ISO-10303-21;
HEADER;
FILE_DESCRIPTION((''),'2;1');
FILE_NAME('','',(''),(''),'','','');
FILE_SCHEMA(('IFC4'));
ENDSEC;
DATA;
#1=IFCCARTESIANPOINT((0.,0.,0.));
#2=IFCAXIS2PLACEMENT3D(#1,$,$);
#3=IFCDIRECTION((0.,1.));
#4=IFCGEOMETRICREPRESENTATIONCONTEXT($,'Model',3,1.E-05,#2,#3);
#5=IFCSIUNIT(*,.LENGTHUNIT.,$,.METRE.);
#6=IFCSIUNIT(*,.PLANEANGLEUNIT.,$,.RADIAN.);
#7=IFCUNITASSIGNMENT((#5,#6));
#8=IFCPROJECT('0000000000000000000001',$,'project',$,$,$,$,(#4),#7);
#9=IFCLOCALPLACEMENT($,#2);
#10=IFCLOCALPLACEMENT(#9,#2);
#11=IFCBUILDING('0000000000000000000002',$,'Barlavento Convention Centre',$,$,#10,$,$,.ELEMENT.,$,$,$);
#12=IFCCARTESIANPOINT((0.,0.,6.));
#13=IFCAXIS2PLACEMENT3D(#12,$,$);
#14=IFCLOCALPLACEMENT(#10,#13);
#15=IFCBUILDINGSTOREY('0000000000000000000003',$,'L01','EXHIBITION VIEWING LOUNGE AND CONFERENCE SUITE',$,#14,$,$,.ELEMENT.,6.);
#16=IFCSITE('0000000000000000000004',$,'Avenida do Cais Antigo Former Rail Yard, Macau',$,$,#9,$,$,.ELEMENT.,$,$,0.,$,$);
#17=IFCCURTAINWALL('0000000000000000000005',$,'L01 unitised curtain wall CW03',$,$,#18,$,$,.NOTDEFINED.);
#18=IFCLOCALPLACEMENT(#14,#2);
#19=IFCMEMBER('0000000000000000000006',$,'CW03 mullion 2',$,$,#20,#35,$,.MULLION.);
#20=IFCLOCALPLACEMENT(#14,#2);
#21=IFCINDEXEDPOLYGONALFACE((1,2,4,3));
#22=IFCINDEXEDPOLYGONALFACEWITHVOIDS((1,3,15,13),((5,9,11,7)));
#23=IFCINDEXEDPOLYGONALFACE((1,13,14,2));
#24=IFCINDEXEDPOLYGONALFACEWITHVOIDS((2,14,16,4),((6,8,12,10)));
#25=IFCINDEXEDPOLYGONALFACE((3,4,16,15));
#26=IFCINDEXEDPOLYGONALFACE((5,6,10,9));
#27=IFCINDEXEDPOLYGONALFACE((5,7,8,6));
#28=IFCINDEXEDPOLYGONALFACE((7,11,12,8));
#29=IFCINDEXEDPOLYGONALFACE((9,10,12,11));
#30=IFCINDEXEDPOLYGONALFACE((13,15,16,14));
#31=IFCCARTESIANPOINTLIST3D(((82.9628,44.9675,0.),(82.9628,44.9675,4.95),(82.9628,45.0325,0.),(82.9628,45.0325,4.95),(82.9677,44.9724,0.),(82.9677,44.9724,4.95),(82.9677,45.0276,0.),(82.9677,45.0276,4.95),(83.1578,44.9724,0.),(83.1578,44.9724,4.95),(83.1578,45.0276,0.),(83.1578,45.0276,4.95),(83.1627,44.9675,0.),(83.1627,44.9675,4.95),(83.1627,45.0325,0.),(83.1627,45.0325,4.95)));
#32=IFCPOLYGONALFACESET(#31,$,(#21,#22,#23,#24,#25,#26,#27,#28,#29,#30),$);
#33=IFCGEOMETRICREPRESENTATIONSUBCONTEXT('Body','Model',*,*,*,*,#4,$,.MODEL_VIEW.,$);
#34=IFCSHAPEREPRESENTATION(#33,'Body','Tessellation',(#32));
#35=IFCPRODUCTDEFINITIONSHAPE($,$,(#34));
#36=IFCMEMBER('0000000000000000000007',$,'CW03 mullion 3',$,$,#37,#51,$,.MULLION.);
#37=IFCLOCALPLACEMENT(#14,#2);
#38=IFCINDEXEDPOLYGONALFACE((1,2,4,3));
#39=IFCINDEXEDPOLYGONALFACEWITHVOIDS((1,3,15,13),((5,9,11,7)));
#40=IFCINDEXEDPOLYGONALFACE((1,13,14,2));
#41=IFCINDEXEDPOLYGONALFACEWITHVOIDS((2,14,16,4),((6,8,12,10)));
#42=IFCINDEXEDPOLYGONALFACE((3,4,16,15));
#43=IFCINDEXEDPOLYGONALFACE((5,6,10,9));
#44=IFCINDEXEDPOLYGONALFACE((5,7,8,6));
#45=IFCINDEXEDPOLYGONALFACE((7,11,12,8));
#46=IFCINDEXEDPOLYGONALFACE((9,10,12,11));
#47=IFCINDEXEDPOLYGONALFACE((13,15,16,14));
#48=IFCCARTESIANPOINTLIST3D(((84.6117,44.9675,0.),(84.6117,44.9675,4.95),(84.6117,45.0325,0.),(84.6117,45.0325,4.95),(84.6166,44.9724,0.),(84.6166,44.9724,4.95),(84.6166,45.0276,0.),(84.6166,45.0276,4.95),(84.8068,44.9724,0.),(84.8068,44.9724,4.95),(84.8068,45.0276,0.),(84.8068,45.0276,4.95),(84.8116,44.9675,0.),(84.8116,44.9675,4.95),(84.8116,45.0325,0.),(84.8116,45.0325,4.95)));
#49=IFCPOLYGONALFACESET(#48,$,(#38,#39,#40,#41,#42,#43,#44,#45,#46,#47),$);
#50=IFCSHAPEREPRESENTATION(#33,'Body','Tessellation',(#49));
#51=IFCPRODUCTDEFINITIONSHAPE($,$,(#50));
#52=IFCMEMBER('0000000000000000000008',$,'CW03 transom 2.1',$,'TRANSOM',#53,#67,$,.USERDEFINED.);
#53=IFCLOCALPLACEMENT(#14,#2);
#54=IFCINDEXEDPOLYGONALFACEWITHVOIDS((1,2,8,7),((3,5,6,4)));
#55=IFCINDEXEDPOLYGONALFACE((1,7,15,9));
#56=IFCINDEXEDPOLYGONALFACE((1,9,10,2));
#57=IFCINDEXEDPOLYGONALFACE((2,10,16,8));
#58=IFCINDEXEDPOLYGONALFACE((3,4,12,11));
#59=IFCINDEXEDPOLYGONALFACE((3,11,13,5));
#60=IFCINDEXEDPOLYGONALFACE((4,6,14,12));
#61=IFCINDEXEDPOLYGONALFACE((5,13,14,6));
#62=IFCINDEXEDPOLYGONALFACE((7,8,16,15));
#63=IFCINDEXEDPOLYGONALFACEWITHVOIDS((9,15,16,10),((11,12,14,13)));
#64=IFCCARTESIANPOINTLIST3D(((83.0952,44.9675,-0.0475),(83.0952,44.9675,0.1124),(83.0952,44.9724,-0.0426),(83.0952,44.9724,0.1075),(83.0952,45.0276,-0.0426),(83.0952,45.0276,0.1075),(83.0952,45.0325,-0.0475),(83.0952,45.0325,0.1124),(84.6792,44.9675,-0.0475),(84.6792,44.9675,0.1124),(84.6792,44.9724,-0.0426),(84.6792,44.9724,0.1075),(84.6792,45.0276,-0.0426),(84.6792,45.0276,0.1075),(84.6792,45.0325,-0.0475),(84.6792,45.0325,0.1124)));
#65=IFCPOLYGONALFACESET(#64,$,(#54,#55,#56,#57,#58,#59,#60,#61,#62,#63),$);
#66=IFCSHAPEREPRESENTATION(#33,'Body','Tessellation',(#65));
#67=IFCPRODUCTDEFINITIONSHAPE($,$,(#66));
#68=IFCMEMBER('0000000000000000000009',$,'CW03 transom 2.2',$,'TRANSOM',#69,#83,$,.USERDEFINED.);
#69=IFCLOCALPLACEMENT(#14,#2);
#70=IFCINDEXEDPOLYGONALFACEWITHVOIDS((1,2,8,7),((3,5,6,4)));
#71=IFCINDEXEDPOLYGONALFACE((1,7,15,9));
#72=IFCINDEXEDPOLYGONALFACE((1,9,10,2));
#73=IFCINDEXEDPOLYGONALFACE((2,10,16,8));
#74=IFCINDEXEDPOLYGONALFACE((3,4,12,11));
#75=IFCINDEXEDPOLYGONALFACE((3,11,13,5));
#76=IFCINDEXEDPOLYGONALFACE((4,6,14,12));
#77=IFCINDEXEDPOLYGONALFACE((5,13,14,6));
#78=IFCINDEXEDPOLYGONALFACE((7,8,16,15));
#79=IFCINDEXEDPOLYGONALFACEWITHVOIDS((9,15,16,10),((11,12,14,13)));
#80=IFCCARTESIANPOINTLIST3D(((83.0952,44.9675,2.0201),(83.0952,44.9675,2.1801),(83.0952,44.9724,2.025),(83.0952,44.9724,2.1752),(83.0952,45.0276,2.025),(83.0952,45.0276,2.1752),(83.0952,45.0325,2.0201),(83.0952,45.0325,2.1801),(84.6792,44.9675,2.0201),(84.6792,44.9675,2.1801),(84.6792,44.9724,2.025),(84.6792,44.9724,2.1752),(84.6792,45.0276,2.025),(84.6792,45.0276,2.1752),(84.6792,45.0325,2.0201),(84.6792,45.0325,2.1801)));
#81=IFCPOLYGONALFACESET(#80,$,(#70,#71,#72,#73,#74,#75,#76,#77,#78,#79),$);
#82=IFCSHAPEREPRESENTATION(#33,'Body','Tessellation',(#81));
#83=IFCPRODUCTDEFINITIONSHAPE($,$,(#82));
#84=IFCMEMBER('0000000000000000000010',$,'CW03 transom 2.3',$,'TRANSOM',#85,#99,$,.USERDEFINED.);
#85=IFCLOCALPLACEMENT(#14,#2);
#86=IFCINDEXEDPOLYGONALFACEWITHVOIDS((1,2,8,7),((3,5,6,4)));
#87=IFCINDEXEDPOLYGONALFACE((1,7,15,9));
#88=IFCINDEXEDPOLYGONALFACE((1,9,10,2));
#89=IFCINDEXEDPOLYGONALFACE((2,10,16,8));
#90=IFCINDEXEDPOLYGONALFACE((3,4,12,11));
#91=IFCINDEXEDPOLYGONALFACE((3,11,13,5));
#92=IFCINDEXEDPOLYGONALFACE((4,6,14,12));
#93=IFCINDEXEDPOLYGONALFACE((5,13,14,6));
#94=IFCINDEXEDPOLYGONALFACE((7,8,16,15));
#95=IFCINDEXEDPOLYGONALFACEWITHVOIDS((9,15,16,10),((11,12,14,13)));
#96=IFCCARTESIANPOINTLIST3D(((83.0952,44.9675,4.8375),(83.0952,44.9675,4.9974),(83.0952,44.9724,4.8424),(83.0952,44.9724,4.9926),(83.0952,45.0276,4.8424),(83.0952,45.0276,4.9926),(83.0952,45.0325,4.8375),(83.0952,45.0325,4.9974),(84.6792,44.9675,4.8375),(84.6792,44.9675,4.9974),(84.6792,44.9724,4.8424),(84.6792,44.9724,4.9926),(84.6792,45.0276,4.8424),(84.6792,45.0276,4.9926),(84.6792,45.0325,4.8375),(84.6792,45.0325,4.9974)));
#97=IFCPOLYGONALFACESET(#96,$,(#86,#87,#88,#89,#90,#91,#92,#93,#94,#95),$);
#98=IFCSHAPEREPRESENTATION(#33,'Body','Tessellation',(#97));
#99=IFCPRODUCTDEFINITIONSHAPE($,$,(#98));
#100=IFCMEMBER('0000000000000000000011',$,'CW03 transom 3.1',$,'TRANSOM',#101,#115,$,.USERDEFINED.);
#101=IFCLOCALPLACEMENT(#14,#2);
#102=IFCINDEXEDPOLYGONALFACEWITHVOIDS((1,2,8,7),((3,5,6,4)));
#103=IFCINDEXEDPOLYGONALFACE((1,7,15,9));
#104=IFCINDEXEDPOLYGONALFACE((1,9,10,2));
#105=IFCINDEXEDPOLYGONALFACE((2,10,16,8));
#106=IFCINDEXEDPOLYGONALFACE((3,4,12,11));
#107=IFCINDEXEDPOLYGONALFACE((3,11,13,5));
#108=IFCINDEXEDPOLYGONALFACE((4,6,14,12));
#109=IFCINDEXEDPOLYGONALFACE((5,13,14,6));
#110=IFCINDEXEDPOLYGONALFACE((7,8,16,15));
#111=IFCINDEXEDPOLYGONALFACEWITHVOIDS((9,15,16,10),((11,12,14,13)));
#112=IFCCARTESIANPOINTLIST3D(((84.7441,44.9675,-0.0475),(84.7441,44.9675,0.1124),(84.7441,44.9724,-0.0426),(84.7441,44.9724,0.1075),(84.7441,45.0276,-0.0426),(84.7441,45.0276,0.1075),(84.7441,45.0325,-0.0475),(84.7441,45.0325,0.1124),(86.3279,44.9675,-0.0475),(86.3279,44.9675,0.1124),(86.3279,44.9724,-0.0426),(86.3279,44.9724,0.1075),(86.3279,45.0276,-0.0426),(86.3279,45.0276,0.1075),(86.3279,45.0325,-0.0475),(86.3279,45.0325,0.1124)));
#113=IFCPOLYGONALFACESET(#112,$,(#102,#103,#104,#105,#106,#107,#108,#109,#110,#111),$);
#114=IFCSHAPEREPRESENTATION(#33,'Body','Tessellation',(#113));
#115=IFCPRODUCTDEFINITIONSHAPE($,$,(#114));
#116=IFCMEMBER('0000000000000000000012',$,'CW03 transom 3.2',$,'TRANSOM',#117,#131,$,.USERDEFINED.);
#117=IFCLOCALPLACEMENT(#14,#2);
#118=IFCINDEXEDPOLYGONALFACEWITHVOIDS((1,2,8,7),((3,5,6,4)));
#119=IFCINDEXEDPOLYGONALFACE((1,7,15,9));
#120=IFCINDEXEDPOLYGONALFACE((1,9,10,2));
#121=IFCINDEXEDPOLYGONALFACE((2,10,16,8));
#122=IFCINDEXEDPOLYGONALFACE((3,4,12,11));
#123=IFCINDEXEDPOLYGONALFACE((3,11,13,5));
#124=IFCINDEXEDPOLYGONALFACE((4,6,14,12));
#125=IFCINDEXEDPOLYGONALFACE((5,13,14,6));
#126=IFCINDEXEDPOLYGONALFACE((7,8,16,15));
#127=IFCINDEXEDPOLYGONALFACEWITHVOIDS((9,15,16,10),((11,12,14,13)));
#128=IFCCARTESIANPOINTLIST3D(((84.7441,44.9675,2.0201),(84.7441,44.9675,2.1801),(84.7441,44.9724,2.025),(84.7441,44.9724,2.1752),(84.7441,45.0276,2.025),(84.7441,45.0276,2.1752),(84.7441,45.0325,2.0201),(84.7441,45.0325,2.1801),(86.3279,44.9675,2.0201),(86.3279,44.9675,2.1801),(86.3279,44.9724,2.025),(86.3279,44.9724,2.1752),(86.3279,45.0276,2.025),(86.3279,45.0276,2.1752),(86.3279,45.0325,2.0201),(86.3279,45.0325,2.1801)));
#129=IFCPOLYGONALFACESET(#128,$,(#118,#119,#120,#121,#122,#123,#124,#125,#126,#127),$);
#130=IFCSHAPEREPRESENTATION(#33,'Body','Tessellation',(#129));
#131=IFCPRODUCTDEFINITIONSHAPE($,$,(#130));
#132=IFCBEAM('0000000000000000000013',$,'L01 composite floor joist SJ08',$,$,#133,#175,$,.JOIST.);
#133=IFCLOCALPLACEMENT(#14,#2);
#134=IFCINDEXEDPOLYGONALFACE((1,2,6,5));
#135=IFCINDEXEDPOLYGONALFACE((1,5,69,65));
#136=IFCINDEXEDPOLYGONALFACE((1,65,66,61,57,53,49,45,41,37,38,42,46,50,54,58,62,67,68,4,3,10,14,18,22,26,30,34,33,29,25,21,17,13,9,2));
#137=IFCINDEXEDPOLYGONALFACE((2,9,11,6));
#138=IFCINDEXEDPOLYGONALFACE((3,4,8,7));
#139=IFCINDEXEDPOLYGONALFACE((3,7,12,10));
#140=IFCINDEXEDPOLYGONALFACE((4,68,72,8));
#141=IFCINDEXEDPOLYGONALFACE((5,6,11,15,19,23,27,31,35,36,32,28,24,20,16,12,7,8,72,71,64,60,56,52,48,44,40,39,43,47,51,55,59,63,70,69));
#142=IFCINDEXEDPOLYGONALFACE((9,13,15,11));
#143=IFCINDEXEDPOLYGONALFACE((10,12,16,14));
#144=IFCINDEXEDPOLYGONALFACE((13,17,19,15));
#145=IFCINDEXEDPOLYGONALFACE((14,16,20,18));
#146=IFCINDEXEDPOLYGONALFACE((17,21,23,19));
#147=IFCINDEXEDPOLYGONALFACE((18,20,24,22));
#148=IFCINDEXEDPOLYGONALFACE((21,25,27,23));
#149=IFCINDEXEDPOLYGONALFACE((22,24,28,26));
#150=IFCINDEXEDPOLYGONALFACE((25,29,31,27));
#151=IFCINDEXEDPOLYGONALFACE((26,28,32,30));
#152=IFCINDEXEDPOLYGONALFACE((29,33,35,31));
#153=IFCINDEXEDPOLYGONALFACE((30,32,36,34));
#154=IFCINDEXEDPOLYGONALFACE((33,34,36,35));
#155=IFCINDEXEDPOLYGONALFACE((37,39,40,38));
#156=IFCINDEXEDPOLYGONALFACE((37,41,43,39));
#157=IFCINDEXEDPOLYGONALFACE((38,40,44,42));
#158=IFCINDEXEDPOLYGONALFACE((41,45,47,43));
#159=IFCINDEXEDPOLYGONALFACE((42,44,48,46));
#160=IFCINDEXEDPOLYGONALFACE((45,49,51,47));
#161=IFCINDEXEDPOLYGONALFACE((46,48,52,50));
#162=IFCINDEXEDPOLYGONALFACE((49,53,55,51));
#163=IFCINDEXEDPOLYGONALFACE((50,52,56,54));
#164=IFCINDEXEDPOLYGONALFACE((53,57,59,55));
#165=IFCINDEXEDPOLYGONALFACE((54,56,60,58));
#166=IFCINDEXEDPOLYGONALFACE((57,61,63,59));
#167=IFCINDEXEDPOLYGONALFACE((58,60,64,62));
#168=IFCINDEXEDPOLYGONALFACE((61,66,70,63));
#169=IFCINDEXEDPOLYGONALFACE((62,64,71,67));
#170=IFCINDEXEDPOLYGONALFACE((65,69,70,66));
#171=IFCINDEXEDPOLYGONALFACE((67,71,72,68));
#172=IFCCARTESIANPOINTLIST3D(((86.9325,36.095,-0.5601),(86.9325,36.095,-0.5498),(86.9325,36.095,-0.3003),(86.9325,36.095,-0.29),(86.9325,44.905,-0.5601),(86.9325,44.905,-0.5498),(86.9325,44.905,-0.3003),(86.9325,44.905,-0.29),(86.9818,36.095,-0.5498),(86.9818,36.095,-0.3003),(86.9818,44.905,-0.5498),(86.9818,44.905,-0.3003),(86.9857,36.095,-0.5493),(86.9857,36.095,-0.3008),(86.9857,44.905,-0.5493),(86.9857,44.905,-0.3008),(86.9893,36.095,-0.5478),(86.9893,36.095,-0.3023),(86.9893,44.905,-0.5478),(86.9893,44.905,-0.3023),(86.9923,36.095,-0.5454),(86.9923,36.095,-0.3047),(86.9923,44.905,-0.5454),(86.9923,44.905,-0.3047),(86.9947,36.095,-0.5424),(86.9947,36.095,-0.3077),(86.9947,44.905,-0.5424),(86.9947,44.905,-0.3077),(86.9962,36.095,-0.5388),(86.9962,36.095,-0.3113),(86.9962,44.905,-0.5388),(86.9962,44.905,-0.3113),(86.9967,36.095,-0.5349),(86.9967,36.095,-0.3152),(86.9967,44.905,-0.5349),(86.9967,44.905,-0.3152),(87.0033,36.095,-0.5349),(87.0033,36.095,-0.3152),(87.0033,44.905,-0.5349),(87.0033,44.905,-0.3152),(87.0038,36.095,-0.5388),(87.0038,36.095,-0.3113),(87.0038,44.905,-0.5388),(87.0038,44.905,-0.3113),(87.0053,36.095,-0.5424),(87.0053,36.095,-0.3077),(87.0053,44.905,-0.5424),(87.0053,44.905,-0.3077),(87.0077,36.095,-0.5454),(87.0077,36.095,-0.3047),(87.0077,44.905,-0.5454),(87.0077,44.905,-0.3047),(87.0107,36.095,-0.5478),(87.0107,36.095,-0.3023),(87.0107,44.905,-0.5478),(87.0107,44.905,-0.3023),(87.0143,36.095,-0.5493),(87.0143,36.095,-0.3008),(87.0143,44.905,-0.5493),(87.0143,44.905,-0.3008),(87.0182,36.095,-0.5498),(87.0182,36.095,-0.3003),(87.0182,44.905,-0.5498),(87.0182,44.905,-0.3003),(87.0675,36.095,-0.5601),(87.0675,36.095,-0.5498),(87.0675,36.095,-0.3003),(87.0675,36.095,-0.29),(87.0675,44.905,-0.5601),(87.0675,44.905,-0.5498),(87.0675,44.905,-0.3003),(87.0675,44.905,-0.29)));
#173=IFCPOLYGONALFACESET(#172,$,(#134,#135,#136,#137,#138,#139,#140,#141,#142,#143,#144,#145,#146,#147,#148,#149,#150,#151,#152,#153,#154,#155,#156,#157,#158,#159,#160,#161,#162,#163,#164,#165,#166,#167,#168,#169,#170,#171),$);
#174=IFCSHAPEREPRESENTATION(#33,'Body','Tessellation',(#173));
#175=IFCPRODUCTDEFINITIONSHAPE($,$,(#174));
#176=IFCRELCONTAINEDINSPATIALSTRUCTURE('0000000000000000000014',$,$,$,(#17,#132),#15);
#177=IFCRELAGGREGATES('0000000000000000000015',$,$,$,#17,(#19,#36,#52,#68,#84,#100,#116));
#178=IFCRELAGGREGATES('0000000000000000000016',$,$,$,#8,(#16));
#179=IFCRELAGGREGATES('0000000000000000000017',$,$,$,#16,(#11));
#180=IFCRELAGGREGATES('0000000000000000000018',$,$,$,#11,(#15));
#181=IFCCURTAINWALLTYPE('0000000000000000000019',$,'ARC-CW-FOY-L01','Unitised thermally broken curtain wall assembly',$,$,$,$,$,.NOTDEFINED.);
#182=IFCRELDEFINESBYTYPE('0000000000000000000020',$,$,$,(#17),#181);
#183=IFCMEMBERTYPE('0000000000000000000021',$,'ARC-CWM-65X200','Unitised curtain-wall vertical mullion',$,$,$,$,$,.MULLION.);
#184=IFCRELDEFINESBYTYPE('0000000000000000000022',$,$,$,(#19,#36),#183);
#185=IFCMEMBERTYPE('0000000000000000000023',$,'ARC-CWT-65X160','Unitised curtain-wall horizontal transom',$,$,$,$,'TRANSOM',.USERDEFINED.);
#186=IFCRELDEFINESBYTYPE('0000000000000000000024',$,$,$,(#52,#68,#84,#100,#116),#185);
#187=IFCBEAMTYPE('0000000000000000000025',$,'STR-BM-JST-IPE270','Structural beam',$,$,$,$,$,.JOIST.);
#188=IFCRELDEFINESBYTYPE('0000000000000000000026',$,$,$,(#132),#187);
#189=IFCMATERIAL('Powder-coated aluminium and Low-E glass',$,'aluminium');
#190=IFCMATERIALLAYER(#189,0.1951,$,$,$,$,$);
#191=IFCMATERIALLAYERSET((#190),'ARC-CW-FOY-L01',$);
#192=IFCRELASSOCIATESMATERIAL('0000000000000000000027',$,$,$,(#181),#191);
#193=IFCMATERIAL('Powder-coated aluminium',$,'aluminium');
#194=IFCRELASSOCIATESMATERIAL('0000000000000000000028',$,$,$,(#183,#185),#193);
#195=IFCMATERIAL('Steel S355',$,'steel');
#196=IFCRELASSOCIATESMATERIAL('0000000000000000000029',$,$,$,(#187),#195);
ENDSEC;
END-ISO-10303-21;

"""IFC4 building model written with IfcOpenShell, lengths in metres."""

from ifc_helpers import new_model, si_unit, direction, frame, origin, origin_2d, place, context, subcontext, project, spatial, hollow_rectangle, i_section, extrude, material, layer, layer_set, material_profile, profile_set, type_object, element, aggregate, save


model = new_model("IFC4")

# Units and contexts
model_context = context("Model", 3, precision=1e-05, world=origin(), true_north=direction((0.0, 1.0)))
body_context = subcontext(model_context, "Body", "Model", "MODEL_VIEW")
ifc_project = project(units=[si_unit("LENGTHUNIT", "METRE"), si_unit("PLANEANGLEUNIT", "RADIAN")], contexts=[model_context])

# Site, building, storey
site_placement = place(None, origin())
site = spatial("IfcSite", under=ifc_project, at=site_placement, Name="Avenida do Cais Antigo Former Rail Yard, Macau", CompositionType="ELEMENT", RefElevation=0.0)
building_placement = place(site_placement, origin())
building = spatial("IfcBuilding", under=site, at=building_placement, Name="Barlavento Convention Centre", CompositionType="ELEMENT")
storey_placement = place(building_placement, frame((0.0, 0.0, 6.0)))
storey = spatial("IfcBuildingStorey", under=building, at=storey_placement, Name="L01", Description="EXHIBITION VIEWING LOUNGE AND CONFERENCE SUITE", CompositionType="ELEMENT", Elevation=6.0)

# Curtain wall, members
ifc_material_1 = material(Name="Powder-coated aluminium and Low-E glass", Category="aluminium")
ifc_layer_1 = layer(ifc_material_1, 0.1951)
ifc_layer_set_1 = layer_set([ifc_layer_1], Name="ARC-CW-FOY-L01")
curtain_wall_type = type_object("IfcCurtainWallType", Name="ARC-CW-FOY-L01", Description="Unitised thermally broken curtain wall assembly", PredefinedType="NOTDEFINED", material=ifc_layer_set_1)
curtain_wall_placement = place(storey_placement, origin())
curtain_wall = element("IfcCurtainWall", 1, at=curtain_wall_placement, inside=storey, type_object=curtain_wall_type, Name="L01 unitised curtain wall CW03", PredefinedType="NOTDEFINED")
ifc_material_2 = material(Name="Powder-coated aluminium", Category="aluminium")
ifc_material_profile_1 = material_profile(ifc_material_2, hollow_rectangle(XDim=0.0649, YDim=0.2, WallThickness=0.0049, at=origin_2d()), Name="AL-MULL 65x200x5")
ifc_profile_set_1 = profile_set([ifc_material_profile_1], Name="Powder-coated aluminium")
member_type_1 = type_object("IfcMemberType", Name="ARC-CWM-65X200", Description="Unitised curtain-wall vertical mullion", PredefinedType="MULLION", material=ifc_profile_set_1)
member_1_placement = place(storey_placement, frame((83.0627, 45.0, 0.0), z_axis=(0.0, 0.0, 1.0), x_axis=(0.0, 1.0, 0.0)))
member_1 = element("IfcMember", 2, at=member_1_placement, type_object=member_type_1, Name="CW03 mullion 2", PredefinedType="MULLION", context=body_context, shape_type="SweptSolid", body=[
    extrude(hollow_rectangle(XDim=0.0649, YDim=0.2, WallThickness=0.0049, at=origin_2d()), origin(), (0.0, 0.0, 1.0), 4.95),
])
member_2_placement = place(storey_placement, frame((84.7117, 45.0, 0.0), z_axis=(0.0, 0.0, 1.0), x_axis=(0.0, 1.0, 0.0)))
member_2 = element("IfcMember", 3, at=member_2_placement, type_object=member_type_1, Name="CW03 mullion 3", PredefinedType="MULLION", context=body_context, shape_type="SweptSolid", body=[
    extrude(hollow_rectangle(XDim=0.0649, YDim=0.2, WallThickness=0.0049, at=origin_2d()), origin(), (0.0, 0.0, 1.0), 4.95),
])
ifc_material_profile_2 = material_profile(ifc_material_2, hollow_rectangle(XDim=0.0649, YDim=0.1599, WallThickness=0.0049, at=origin_2d()), Name="AL-TRAN 65x160x5")
ifc_profile_set_2 = profile_set([ifc_material_profile_2], Name="Powder-coated aluminium")
member_type_2 = type_object("IfcMemberType", Name="ARC-CWT-65X160", Description="Unitised curtain-wall horizontal transom", ElementType="TRANSOM", PredefinedType="USERDEFINED", material=ifc_profile_set_2)
member_3_placement = place(storey_placement, frame((83.0952, 45.0, 0.0325), z_axis=(1.0, 0.0, 0.0), x_axis=(0.0, 1.0, 0.0)))
member_3 = element("IfcMember", 4, at=member_3_placement, type_object=member_type_2, Name="CW03 transom 2.1", ObjectType="TRANSOM", PredefinedType="USERDEFINED", context=body_context, shape_type="SweptSolid", body=[
    extrude(hollow_rectangle(XDim=0.0649, YDim=0.1599, WallThickness=0.0049, at=origin_2d()), origin(), (0.0, 0.0, 1.0), 1.584),
])
member_4_placement = place(storey_placement, frame((83.0952, 45.0, 2.1001), z_axis=(1.0, 0.0, 0.0), x_axis=(0.0, 1.0, 0.0)))
member_4 = element("IfcMember", 5, at=member_4_placement, type_object=member_type_2, Name="CW03 transom 2.2", ObjectType="TRANSOM", PredefinedType="USERDEFINED", context=body_context, shape_type="SweptSolid", body=[
    extrude(hollow_rectangle(XDim=0.0649, YDim=0.1599, WallThickness=0.0049, at=origin_2d()), origin(), (0.0, 0.0, 1.0), 1.584),
])
member_5_placement = place(storey_placement, frame((83.0952, 45.0, 4.9175), z_axis=(1.0, 0.0, 0.0), x_axis=(0.0, 1.0, 0.0)))
member_5 = element("IfcMember", 6, at=member_5_placement, type_object=member_type_2, Name="CW03 transom 2.3", ObjectType="TRANSOM", PredefinedType="USERDEFINED", context=body_context, shape_type="SweptSolid", body=[
    extrude(hollow_rectangle(XDim=0.0649, YDim=0.1599, WallThickness=0.0049, at=origin_2d()), origin(), (0.0, 0.0, 1.0), 1.584),
])
member_6_placement = place(storey_placement, frame((84.7441, 45.0, 0.0325), z_axis=(1.0, 0.0, 0.0), x_axis=(0.0, 1.0, 0.0)))
member_6 = element("IfcMember", 7, at=member_6_placement, type_object=member_type_2, Name="CW03 transom 3.1", ObjectType="TRANSOM", PredefinedType="USERDEFINED", context=body_context, shape_type="SweptSolid", body=[
    extrude(hollow_rectangle(XDim=0.0649, YDim=0.1599, WallThickness=0.0049, at=origin_2d()), origin(), (0.0, 0.0, 1.0), 1.5837),
])
member_7_placement = place(storey_placement, frame((84.7441, 45.0, 2.1001), z_axis=(1.0, 0.0, 0.0), x_axis=(0.0, 1.0, 0.0)))
member_7 = element("IfcMember", 8, at=member_7_placement, type_object=member_type_2, Name="CW03 transom 3.2", ObjectType="TRANSOM", PredefinedType="USERDEFINED", context=body_context, shape_type="SweptSolid", body=[
    extrude(hollow_rectangle(XDim=0.0649, YDim=0.1599, WallThickness=0.0049, at=origin_2d()), origin(), (0.0, 0.0, 1.0), 1.5837),
])

# Beam
ifc_material_3 = material(Name="Steel S355", Category="steel")
ifc_material_profile_3 = material_profile(ifc_material_3, i_section(OverallWidth=0.135, OverallDepth=0.27, WebThickness=0.0066, FlangeThickness=0.0103, FilletRadius=0.0149, at=origin_2d()), Name="IPE 270")
ifc_profile_set_3 = profile_set([ifc_material_profile_3], Name="Steel S355")
beam_type_1 = type_object("IfcBeamType", Name="STR-BM-JST-IPE270", Description="Structural beam", PredefinedType="JOIST", material=ifc_profile_set_3)
beam_1_placement = place(storey_placement, frame((87.0, 36.095, -0.425), z_axis=(0.0, 1.0, 0.0), x_axis=(-1.0, 0.0, 0.0)))
element("IfcBeam", 9, at=beam_1_placement, inside=storey, type_object=beam_type_1, Name="L01 composite floor joist SJ08", PredefinedType="JOIST", context=body_context, shape_type="SweptSolid", body=[
    extrude(i_section(OverallWidth=0.135, OverallDepth=0.27, WebThickness=0.0066, FlangeThickness=0.0103, FilletRadius=0.0149, at=origin_2d()), origin(), (0.0, 0.0, 1.0), 8.8101),
])

aggregate(curtain_wall, [member_1, member_2, member_3, member_4, member_5, member_6, member_7])

save(model, "model.ifc")
